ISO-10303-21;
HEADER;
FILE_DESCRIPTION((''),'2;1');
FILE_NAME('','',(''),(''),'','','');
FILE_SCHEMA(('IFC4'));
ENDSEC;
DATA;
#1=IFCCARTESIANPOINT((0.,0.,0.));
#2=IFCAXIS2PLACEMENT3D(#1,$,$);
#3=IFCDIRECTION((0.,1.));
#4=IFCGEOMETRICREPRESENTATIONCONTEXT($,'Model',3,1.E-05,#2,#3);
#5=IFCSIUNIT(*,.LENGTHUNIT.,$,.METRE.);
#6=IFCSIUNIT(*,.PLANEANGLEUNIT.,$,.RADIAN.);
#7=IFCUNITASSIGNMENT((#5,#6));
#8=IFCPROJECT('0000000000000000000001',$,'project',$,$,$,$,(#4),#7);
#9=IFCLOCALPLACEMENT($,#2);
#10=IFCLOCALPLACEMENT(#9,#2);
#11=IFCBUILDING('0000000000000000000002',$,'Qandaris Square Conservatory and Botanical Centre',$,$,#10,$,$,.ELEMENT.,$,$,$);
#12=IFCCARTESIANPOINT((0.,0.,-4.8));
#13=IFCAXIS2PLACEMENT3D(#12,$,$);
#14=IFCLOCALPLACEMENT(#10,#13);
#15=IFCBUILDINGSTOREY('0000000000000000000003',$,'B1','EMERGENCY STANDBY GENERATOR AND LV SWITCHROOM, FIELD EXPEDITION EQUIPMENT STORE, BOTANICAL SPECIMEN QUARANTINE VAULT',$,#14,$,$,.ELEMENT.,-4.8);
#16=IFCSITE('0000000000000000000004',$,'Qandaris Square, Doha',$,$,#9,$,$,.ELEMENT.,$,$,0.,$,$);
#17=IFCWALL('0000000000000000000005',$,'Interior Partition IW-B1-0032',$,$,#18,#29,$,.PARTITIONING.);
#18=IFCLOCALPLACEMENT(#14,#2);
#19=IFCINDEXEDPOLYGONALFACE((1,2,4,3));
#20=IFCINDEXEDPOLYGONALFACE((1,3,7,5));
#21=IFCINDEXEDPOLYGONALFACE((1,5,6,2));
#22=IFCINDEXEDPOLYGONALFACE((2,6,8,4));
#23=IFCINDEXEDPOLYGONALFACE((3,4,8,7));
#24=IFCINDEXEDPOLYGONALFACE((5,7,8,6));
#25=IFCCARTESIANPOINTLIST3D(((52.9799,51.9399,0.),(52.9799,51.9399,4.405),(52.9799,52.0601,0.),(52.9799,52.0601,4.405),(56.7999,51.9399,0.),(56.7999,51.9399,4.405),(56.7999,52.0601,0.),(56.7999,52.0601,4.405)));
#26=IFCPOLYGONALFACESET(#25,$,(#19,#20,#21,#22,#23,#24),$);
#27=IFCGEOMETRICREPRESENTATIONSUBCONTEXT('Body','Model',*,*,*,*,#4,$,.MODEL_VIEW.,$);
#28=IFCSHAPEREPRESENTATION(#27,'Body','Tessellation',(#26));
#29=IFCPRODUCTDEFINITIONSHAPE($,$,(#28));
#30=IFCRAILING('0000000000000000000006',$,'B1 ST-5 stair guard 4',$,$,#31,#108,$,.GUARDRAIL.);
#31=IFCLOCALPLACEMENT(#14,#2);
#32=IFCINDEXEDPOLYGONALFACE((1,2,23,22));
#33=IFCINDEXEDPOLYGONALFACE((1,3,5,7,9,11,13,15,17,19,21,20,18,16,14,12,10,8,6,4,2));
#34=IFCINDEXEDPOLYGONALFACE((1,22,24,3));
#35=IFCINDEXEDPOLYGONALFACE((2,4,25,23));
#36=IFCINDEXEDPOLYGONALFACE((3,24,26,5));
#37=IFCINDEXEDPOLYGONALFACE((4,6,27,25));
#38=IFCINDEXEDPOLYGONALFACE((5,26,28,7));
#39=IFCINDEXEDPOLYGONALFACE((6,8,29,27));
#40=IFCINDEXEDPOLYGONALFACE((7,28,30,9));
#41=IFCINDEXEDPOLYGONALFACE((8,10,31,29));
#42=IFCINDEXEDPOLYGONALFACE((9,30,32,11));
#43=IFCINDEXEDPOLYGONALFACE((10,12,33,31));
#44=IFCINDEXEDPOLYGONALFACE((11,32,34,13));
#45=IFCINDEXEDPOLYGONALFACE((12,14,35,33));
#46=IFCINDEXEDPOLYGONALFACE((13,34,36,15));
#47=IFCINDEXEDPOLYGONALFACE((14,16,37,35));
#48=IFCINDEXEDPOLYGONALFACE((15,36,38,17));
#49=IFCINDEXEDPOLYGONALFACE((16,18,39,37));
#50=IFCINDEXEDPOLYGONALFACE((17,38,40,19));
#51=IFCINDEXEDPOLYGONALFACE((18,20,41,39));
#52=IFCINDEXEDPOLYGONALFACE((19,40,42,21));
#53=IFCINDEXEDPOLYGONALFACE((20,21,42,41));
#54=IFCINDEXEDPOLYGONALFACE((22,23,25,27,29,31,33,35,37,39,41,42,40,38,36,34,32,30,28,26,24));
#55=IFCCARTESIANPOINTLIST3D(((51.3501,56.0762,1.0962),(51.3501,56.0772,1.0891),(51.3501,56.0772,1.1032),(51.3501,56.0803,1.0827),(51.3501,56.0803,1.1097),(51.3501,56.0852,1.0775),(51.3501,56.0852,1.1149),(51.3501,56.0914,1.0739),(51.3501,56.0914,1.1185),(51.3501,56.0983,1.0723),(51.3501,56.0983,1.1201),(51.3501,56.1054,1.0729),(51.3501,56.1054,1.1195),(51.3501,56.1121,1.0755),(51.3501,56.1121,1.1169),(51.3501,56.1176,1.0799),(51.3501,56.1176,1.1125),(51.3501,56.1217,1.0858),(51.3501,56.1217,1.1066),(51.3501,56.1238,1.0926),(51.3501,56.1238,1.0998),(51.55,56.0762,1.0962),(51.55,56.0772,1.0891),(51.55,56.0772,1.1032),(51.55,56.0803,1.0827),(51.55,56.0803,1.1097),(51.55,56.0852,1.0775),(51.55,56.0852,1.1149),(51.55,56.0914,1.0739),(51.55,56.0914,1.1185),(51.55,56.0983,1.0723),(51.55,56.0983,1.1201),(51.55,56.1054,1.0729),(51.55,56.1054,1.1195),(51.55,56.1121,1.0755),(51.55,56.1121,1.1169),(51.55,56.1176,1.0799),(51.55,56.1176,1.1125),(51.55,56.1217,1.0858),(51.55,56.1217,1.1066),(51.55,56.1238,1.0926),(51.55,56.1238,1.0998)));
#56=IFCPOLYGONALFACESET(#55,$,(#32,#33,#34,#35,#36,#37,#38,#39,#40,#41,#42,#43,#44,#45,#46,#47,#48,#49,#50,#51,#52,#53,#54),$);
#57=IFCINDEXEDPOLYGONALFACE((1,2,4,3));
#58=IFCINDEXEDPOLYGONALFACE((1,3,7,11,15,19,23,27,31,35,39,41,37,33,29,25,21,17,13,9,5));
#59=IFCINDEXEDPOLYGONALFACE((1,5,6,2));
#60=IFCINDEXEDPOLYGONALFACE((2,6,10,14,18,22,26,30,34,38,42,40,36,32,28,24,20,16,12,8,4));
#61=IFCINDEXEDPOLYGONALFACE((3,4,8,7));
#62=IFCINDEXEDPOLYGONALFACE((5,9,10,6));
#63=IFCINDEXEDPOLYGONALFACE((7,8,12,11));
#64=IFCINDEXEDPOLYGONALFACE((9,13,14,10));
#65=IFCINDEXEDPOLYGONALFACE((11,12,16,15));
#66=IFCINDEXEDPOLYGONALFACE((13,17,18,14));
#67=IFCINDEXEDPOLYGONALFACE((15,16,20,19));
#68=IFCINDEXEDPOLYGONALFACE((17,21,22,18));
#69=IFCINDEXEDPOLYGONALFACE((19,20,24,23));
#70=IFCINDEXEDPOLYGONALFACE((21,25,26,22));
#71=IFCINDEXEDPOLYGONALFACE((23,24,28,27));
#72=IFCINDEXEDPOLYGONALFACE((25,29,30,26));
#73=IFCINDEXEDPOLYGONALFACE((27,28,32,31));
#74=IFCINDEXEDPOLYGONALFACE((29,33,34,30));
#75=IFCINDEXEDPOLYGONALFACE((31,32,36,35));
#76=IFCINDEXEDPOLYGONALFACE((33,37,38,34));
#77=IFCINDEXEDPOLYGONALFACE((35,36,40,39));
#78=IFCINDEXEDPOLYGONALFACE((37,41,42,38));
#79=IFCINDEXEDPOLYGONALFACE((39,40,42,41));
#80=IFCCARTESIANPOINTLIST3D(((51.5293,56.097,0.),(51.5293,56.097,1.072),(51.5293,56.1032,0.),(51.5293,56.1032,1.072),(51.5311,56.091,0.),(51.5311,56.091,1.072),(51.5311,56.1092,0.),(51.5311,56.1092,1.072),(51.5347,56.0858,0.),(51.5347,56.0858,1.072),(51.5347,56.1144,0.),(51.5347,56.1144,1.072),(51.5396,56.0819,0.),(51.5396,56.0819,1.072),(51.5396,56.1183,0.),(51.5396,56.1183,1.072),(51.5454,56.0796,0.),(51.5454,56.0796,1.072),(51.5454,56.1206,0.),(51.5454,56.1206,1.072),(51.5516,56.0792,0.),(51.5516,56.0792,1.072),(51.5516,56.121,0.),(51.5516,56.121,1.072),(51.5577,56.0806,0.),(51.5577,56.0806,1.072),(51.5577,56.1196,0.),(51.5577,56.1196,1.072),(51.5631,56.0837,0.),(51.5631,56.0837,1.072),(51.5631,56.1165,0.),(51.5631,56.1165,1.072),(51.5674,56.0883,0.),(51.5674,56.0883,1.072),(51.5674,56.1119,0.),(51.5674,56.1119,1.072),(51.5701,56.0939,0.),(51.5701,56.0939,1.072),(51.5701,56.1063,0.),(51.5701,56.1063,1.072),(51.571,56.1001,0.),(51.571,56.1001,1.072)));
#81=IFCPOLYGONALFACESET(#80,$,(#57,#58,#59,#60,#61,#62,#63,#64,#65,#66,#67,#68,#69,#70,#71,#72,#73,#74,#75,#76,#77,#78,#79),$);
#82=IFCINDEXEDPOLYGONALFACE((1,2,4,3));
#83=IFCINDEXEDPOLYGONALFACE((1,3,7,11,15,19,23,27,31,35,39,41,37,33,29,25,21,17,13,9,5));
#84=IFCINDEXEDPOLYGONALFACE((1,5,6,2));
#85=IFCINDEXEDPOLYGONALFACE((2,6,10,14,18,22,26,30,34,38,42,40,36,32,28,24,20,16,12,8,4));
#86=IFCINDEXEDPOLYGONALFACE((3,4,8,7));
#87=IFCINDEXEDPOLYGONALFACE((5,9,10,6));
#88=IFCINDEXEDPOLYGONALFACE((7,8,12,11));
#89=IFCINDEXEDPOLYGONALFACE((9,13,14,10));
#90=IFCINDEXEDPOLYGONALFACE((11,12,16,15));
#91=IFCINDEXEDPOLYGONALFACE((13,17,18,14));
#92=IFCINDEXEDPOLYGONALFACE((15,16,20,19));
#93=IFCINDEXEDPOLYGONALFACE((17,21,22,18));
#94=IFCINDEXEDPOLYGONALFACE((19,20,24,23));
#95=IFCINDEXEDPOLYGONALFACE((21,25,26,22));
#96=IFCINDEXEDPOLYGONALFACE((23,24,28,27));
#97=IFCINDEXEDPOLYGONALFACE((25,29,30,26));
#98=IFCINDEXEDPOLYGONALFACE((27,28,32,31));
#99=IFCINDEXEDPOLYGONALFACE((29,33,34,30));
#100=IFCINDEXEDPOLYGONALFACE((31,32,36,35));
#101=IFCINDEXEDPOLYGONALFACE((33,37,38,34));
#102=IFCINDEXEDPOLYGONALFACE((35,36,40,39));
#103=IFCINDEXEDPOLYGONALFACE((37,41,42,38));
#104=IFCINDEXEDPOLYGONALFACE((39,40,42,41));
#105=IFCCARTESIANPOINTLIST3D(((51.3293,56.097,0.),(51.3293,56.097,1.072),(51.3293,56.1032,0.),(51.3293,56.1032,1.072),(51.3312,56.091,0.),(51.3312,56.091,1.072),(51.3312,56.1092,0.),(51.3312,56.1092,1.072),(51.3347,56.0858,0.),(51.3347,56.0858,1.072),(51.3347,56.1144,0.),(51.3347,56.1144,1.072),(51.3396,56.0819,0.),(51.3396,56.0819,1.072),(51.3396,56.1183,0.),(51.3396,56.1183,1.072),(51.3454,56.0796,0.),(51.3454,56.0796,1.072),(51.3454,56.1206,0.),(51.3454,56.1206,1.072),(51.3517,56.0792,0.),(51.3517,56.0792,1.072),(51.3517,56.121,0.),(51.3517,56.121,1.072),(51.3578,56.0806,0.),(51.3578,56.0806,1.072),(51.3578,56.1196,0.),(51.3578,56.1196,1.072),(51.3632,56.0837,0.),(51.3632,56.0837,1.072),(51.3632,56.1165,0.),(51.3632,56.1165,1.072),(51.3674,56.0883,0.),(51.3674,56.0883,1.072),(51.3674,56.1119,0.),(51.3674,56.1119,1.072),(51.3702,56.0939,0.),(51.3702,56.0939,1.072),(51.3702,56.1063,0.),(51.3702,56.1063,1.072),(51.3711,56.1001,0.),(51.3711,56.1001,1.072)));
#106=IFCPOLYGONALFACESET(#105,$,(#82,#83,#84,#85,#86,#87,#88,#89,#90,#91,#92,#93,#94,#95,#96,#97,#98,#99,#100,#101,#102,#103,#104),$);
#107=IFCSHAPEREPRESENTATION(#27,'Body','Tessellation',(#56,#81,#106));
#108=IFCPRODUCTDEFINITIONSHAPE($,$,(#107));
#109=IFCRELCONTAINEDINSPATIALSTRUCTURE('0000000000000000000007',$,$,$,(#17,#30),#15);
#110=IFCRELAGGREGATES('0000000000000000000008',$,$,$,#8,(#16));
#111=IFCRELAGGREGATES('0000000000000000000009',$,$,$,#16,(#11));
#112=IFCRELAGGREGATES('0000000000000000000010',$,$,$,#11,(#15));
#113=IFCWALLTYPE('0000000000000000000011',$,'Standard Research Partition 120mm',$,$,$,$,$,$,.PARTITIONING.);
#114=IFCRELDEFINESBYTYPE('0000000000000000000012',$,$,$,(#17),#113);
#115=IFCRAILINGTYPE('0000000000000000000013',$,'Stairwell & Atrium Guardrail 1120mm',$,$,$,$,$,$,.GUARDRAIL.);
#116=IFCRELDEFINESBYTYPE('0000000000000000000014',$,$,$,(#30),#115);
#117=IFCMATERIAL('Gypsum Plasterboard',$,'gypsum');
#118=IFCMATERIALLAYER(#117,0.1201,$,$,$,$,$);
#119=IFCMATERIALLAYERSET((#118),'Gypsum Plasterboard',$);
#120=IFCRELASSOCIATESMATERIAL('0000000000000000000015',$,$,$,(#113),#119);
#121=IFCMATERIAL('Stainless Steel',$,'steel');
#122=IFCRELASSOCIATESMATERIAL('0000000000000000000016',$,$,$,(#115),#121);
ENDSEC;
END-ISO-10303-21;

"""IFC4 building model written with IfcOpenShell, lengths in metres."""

from ifc_helpers import new_model, si_unit, direction, frame, frame_2d, origin, origin_2d, place, context, subcontext, project, spatial, rectangle, circle, extrude, material, layer, layer_set, type_object, element, save


model = new_model("IFC4")

# Units and contexts
model_context = context("Model", 3, precision=1e-05, world=origin(), true_north=direction((0.0, 1.0)))
body_context = subcontext(model_context, "Body", "Model", "MODEL_VIEW")
ifc_project = project(units=[si_unit("LENGTHUNIT", "METRE"), si_unit("PLANEANGLEUNIT", "RADIAN")], contexts=[model_context])

# Site, building, storey
site_placement = place(None, origin())
site = spatial("IfcSite", under=ifc_project, at=site_placement, Name="Qandaris Square, Doha", CompositionType="ELEMENT", RefElevation=0.0)
building_placement = place(site_placement, origin())
building = spatial("IfcBuilding", under=site, at=building_placement, Name="Qandaris Square Conservatory and Botanical Centre", CompositionType="ELEMENT")
storey_placement = place(building_placement, frame((0.0, 0.0, -4.8)))
storey = spatial("IfcBuildingStorey", under=building, at=storey_placement, Name="B1", Description="EMERGENCY STANDBY GENERATOR AND LV SWITCHROOM, FIELD EXPEDITION EQUIPMENT STORE, BOTANICAL SPECIMEN QUARANTINE VAULT", CompositionType="ELEMENT", Elevation=-4.8)

# Wall
ifc_material_1 = material(Name="Gypsum Plasterboard", Category="gypsum")
ifc_layer_1 = layer(ifc_material_1, 0.1201)
ifc_layer_set_1 = layer_set([ifc_layer_1], Name="Gypsum Plasterboard")
wall_type_1 = type_object("IfcWallType", Name="Standard Research Partition 120mm", PredefinedType="PARTITIONING", material=ifc_layer_set_1)
wall_1_placement = place(storey_placement, frame((56.8, 52.0, 0.0), z_axis=(0.0, 0.0, 1.0), x_axis=(-1.0, 0.0, 0.0)))
element("IfcWall", 1, at=wall_1_placement, inside=storey, type_object=wall_type_1, Name="Interior Partition IW-B1-0032", PredefinedType="PARTITIONING", context=body_context, shape_type="SweptSolid", body=[
    extrude(rectangle(XDim=3.8201, YDim=0.1201, at=frame_2d((1.9102, 0.0))), origin(), (0.0, 0.0, 1.0), 4.405),
])

# Railing
ifc_material_2 = material(Name="Stainless Steel", Category="steel")
railing_type = type_object("IfcRailingType", Name="Stairwell & Atrium Guardrail 1120mm", PredefinedType="GUARDRAIL", material=ifc_material_2)
railing_placement = place(storey_placement, frame((51.55, 56.1001, 0.0)))
element("IfcRailing", 2, at=railing_placement, inside=storey, type_object=railing_type, Name="B1 ST-5 stair guard 4", PredefinedType="GUARDRAIL", context=body_context, shape_type="SweptSolid", body=[
    extrude(circle(Radius=0.0239, at=origin_2d()), frame((0.0, 0.0, 1.0962), z_axis=(-1.0, 0.0, 0.0), x_axis=(0.0, -1.0, 0.0)), (0.0, 0.0, 1.0), 0.2),
    extrude(circle(Radius=0.021, at=origin_2d()), origin(), (0.0, 0.0, 1.0), 1.072),
    extrude(circle(Radius=0.021, at=origin_2d()), frame((-0.2, 0.0, 0.0)), (0.0, 0.0, 1.0), 1.072),
])

save(model, "model.ifc")
